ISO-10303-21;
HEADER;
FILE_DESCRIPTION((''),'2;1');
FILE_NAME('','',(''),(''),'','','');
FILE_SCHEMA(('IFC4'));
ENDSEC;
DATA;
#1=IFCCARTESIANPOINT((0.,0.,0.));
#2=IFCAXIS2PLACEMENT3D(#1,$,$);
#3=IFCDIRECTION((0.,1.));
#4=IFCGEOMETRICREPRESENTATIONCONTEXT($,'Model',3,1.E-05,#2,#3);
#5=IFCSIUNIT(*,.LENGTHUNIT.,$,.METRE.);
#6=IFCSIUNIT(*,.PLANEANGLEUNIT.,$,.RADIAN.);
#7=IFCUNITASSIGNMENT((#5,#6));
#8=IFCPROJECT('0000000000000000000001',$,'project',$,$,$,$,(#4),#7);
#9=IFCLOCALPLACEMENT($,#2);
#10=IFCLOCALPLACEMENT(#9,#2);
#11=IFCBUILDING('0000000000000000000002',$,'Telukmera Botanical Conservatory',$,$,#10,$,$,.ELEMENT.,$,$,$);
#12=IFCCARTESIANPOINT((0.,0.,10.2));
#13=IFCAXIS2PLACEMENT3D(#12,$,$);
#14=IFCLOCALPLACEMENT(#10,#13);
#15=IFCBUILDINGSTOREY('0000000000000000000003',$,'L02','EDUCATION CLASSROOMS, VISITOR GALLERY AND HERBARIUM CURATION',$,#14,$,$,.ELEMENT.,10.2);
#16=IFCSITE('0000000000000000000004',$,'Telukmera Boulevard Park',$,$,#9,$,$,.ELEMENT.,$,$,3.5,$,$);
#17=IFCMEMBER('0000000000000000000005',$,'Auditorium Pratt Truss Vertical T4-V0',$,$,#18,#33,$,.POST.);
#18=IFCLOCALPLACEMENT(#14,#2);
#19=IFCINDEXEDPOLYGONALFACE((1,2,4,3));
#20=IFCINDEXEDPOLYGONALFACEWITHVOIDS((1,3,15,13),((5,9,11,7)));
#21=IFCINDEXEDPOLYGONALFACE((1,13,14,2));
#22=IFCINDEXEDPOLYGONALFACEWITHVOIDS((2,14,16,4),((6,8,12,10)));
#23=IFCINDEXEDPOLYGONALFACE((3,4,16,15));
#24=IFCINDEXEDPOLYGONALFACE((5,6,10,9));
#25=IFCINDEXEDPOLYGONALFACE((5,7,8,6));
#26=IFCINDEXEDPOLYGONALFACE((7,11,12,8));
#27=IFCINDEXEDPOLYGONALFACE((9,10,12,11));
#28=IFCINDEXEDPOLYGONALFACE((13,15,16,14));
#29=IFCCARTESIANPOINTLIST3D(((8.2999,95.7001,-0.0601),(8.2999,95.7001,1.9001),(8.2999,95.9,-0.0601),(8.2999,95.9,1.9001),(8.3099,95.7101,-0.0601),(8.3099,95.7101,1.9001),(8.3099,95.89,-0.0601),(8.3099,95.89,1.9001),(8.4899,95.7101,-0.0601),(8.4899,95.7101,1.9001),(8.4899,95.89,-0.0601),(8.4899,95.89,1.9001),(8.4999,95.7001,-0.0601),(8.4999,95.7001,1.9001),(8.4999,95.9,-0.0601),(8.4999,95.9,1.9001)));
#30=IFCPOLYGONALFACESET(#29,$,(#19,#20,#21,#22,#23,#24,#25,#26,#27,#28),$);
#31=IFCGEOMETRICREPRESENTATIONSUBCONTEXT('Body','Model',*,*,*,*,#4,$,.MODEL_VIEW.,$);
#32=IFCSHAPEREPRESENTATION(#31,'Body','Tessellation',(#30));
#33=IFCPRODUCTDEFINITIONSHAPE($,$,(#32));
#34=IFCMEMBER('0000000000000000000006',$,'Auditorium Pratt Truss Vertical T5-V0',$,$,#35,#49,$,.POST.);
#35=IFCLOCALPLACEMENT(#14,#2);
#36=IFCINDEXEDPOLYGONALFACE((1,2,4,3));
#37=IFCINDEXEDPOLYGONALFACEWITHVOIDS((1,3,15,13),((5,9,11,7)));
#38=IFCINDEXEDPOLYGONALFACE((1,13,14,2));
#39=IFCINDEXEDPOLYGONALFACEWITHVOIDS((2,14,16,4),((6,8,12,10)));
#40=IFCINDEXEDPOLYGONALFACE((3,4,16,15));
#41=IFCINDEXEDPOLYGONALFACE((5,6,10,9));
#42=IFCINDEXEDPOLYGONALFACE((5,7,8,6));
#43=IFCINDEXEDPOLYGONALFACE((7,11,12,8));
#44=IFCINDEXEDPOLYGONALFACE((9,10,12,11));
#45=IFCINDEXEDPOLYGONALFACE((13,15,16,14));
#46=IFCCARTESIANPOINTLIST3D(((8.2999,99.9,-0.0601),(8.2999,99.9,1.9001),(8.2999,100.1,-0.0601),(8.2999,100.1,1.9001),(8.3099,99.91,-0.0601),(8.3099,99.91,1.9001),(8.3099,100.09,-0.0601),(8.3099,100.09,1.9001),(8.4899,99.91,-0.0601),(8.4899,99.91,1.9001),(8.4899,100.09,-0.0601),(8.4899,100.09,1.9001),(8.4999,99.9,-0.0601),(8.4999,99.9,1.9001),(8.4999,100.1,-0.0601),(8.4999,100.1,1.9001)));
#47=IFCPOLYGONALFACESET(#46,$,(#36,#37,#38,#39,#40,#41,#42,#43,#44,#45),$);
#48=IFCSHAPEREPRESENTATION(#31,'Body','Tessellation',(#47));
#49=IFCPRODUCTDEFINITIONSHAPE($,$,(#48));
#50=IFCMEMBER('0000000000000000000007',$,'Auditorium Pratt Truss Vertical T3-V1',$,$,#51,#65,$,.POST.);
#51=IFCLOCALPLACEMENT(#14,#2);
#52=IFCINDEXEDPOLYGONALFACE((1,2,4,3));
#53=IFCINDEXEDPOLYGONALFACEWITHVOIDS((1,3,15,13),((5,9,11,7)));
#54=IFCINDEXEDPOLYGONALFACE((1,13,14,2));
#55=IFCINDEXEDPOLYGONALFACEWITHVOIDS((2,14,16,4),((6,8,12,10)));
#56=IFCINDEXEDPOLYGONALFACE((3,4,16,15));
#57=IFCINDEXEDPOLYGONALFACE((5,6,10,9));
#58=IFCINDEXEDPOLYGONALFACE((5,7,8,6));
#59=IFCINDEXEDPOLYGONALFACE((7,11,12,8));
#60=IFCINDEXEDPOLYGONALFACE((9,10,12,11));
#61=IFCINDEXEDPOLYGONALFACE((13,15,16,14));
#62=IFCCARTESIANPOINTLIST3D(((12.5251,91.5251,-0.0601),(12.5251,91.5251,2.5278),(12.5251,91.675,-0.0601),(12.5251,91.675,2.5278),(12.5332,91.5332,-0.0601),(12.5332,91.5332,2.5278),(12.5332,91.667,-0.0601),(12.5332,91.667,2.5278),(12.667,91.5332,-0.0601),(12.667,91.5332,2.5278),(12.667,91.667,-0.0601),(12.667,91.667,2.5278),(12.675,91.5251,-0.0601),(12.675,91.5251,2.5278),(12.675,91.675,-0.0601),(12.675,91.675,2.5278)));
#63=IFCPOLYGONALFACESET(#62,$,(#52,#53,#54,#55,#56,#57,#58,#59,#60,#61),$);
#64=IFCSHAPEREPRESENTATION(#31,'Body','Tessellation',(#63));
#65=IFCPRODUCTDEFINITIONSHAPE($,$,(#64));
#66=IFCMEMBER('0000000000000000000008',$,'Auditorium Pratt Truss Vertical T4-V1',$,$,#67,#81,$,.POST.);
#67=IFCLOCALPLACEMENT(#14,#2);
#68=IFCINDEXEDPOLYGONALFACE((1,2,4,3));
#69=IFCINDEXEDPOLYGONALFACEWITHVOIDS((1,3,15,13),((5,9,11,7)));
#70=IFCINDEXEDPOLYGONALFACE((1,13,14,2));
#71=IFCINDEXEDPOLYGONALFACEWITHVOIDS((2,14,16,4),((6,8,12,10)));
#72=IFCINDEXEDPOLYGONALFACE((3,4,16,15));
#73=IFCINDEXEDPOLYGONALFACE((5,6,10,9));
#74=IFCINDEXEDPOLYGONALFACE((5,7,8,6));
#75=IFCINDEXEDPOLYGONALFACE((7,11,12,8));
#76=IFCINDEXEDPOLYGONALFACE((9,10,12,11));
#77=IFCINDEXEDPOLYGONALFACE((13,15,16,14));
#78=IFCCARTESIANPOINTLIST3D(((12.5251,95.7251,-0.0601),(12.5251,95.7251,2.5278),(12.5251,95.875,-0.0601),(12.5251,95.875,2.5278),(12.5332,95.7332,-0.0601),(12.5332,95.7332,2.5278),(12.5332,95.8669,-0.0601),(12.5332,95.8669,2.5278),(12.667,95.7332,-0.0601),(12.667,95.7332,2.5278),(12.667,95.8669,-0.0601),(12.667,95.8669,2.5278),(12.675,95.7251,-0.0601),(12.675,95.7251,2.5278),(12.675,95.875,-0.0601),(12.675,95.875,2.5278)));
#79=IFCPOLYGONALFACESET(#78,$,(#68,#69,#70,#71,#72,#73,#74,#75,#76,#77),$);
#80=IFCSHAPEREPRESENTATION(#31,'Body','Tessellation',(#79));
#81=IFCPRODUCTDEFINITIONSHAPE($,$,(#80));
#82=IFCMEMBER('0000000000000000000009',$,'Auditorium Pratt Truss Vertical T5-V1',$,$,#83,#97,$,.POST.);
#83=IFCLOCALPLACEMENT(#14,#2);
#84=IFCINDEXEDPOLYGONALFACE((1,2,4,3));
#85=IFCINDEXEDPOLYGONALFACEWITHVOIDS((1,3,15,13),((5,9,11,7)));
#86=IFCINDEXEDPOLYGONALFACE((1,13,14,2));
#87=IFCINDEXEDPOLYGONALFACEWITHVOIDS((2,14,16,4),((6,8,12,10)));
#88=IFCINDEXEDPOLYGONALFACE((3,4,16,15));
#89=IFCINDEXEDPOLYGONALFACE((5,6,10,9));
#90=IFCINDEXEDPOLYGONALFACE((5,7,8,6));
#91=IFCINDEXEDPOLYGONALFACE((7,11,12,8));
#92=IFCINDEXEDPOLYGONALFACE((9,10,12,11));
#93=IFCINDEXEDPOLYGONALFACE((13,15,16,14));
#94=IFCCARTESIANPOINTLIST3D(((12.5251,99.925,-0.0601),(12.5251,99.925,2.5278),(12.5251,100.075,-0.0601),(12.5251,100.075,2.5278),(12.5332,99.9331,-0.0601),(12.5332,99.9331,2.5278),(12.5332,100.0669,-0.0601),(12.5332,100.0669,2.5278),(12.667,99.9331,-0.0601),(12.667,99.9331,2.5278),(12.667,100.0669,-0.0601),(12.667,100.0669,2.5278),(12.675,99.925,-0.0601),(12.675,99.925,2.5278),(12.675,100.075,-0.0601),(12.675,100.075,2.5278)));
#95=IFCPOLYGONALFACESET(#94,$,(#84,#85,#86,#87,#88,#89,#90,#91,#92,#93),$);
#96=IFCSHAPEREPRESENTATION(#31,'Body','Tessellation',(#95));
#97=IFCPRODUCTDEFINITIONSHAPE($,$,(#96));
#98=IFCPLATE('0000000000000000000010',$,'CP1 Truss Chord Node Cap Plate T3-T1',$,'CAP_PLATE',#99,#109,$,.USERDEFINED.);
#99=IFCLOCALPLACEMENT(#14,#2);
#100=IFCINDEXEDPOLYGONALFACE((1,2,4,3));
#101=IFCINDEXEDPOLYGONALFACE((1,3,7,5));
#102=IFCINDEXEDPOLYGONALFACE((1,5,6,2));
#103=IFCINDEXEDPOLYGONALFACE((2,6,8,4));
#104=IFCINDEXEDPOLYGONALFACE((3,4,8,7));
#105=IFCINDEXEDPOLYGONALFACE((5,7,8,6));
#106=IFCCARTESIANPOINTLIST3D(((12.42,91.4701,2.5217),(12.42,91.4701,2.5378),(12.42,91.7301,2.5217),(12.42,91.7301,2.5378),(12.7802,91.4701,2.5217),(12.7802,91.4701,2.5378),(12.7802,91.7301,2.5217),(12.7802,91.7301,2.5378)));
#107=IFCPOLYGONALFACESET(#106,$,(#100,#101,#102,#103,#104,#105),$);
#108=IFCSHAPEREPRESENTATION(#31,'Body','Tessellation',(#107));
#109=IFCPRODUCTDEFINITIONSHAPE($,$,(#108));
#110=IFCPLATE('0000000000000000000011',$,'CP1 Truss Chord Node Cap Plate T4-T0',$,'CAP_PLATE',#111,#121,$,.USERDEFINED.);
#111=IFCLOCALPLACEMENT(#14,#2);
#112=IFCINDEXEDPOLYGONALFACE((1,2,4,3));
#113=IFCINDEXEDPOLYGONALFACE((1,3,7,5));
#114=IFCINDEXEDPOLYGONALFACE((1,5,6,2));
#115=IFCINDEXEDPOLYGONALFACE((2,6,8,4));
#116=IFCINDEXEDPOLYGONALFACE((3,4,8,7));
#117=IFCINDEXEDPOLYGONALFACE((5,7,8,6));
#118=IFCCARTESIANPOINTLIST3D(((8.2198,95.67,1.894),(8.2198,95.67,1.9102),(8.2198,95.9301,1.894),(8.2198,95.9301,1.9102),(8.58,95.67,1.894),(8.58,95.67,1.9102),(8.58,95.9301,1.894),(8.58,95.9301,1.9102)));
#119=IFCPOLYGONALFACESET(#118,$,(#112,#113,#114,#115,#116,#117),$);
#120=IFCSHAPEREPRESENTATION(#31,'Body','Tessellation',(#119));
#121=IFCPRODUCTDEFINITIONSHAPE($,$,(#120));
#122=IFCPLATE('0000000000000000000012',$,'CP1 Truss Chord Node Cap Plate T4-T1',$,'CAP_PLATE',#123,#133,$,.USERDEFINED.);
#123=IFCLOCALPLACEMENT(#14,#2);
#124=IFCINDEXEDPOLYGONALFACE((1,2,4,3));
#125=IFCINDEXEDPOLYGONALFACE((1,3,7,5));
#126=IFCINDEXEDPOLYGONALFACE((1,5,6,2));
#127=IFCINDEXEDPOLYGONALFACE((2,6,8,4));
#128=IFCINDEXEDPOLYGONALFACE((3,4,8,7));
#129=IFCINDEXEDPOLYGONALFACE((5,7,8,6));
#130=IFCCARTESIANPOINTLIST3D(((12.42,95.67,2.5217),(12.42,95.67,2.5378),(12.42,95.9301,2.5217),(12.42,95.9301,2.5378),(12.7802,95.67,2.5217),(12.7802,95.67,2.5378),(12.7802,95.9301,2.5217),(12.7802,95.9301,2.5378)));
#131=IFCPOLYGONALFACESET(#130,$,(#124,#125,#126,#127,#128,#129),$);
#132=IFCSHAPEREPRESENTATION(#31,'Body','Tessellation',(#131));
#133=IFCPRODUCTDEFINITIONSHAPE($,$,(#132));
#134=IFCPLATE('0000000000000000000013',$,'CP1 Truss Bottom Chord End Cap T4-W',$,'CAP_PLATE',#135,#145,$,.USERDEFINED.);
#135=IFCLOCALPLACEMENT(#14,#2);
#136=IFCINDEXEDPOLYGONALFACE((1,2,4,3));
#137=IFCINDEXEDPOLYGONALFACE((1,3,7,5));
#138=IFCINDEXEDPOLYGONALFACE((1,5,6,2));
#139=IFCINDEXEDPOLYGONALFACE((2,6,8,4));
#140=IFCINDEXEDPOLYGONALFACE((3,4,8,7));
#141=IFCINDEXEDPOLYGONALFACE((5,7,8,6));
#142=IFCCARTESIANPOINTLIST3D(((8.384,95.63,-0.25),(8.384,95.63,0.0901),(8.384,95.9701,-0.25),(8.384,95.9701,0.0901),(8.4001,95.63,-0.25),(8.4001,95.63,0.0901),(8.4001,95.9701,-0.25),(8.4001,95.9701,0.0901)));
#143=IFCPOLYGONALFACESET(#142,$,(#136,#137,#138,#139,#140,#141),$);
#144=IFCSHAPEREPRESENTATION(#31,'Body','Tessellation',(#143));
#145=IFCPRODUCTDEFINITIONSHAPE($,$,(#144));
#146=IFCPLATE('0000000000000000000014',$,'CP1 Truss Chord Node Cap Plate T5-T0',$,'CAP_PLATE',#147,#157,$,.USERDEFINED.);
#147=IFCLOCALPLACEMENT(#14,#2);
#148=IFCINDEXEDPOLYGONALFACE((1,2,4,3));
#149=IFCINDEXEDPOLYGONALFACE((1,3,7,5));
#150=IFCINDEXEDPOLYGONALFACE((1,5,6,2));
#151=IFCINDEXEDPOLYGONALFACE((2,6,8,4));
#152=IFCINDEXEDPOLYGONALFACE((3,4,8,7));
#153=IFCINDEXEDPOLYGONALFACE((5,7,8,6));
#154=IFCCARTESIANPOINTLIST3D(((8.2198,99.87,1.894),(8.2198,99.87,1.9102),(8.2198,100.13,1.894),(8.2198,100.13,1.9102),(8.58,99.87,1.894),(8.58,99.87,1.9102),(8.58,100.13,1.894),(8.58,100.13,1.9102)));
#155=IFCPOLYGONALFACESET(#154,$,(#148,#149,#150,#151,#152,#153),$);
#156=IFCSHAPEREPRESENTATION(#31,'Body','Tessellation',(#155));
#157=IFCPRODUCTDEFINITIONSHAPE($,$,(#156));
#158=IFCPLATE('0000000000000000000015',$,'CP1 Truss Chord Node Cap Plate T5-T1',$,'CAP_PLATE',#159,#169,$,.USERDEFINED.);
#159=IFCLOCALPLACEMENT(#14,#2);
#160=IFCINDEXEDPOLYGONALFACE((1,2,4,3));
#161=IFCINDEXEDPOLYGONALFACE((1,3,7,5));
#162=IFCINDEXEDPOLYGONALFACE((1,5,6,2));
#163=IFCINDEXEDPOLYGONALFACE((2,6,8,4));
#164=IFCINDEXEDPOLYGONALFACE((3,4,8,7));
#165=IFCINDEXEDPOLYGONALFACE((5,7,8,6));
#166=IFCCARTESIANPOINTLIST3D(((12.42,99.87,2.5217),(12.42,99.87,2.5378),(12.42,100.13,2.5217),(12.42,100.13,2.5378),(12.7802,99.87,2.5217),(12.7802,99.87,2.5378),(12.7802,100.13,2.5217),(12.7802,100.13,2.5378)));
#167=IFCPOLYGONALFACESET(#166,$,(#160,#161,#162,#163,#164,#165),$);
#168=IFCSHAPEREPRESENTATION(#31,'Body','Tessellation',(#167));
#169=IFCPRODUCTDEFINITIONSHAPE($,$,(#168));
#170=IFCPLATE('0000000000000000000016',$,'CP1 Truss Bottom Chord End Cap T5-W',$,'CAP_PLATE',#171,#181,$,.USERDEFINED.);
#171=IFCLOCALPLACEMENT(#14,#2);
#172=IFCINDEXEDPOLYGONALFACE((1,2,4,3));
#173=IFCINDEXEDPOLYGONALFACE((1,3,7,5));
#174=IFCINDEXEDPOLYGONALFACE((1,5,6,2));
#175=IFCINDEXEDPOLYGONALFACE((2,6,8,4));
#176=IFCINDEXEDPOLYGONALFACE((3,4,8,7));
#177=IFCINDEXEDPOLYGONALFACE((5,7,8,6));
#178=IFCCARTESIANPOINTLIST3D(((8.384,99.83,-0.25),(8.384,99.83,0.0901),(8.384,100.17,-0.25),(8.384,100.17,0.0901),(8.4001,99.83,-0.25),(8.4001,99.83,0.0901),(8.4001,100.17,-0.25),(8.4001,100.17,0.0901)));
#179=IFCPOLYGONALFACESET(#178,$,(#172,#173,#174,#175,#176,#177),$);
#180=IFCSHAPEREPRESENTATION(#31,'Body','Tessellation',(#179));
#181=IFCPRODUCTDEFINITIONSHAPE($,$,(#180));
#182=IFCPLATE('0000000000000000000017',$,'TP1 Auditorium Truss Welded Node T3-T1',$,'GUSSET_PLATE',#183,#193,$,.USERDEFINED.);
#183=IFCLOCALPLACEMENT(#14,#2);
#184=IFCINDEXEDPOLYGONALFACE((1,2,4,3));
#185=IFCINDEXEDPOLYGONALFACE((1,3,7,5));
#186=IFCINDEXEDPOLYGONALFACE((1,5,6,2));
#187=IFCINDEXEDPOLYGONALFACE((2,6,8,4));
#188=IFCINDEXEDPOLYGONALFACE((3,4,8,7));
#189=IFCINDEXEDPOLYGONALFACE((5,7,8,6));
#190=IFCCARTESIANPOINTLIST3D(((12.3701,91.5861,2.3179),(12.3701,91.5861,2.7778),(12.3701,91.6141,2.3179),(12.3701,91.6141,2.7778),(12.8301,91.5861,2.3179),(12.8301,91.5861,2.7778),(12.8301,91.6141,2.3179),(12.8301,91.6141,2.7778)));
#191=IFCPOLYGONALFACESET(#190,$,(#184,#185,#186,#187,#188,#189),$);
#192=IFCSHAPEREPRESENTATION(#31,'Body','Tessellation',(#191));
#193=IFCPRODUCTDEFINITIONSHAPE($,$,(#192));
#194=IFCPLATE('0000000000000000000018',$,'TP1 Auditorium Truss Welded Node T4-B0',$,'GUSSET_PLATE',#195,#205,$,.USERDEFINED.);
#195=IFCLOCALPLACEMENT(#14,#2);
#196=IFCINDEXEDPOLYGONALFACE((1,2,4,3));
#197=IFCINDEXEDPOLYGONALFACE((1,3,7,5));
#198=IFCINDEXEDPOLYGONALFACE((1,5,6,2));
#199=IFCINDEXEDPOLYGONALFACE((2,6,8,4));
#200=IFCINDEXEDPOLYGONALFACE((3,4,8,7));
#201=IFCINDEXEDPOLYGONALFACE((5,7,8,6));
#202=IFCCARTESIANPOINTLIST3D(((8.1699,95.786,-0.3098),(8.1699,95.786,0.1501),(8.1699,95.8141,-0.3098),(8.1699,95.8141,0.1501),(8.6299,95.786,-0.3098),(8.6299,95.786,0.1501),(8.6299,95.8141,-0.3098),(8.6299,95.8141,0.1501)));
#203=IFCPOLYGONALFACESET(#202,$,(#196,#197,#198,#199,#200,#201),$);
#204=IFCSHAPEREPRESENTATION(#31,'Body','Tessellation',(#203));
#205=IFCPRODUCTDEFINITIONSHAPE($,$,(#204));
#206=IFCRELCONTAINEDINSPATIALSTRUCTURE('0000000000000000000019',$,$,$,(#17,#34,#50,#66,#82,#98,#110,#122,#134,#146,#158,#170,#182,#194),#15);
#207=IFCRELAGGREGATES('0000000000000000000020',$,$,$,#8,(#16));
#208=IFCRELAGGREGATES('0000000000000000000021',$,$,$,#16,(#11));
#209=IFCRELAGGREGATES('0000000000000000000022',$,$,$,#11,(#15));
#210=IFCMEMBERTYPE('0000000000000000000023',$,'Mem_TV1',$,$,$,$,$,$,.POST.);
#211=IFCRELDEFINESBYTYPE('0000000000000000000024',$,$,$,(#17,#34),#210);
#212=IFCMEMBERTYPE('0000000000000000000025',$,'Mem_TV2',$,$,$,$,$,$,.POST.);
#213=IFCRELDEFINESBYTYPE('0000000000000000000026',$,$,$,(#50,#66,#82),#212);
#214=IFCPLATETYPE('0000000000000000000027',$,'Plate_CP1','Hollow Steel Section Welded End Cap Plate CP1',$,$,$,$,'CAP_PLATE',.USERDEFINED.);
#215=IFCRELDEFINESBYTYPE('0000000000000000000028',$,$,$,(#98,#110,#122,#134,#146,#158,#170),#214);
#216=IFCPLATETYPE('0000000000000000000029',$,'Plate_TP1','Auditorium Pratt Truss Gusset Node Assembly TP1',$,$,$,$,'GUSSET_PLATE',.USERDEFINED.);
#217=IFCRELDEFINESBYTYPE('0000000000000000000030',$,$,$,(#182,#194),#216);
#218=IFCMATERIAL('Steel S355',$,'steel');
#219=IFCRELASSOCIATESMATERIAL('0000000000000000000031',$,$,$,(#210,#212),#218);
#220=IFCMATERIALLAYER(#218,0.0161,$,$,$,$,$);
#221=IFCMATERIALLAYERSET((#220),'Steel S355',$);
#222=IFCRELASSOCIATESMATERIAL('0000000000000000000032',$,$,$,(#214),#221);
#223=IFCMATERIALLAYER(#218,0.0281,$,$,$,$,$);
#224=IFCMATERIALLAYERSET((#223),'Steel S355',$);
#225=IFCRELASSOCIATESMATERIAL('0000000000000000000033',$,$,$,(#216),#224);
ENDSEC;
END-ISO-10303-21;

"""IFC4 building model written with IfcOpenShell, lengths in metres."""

from ifc_helpers import new_model, si_unit, direction, frame, origin, origin_2d, place, context, subcontext, project, spatial, rectangle, hollow_rectangle, extrude, material, layer, layer_set, material_profile, profile_set, type_object, element, save


model = new_model("IFC4")

# Units and contexts
model_context = context("Model", 3, precision=1e-05, world=origin(), true_north=direction((0.0, 1.0)))
body_context = subcontext(model_context, "Body", "Model", "MODEL_VIEW")
ifc_project = project(units=[si_unit("LENGTHUNIT", "METRE"), si_unit("PLANEANGLEUNIT", "RADIAN")], contexts=[model_context])

# Site, building, storey
site_placement = place(None, origin())
site = spatial("IfcSite", under=ifc_project, at=site_placement, Name="Telukmera Boulevard Park", CompositionType="ELEMENT", RefElevation=3.5)
building_placement = place(site_placement, origin())
building = spatial("IfcBuilding", under=site, at=building_placement, Name="Telukmera Botanical Conservatory", CompositionType="ELEMENT")
storey_placement = place(building_placement, frame((0.0, 0.0, 10.2)))
storey = spatial("IfcBuildingStorey", under=building, at=storey_placement, Name="L02", Description="EDUCATION CLASSROOMS, VISITOR GALLERY AND HERBARIUM CURATION", CompositionType="ELEMENT", Elevation=10.2)

# Members
ifc_material_1 = material(Name="Steel S355", Category="steel")
ifc_material_profile_1 = material_profile(ifc_material_1, hollow_rectangle(XDim=0.2, YDim=0.2, WallThickness=0.01, at=origin_2d()), Name="SHS 200x200x10.0")
ifc_profile_set_1 = profile_set([ifc_material_profile_1], Name="Steel S355")
member_type_1 = type_object("IfcMemberType", Name="Mem_TV1", PredefinedType="POST", material=ifc_profile_set_1)
for number, where, z_axis, x_axis, name in (
    (1, (8.3999, 95.8, -0.0601), (0.0, 0.0, 1.0), (1.0, 0.0, 0.0), "Auditorium Pratt Truss Vertical T4-V0"),
    (2, (8.3999, 100.0, -0.0601), (0.0, 0.0, 1.0), (1.0, 0.0, 0.0), "Auditorium Pratt Truss Vertical T5-V0"),
):
    element("IfcMember", number, at=place(storey_placement, frame(where, z_axis=z_axis, x_axis=x_axis)), inside=storey, type_object=member_type_1, Name=name, PredefinedType="POST", context=body_context, shape_type="SweptSolid", body=[
        extrude(hollow_rectangle(XDim=0.2, YDim=0.2, WallThickness=0.01, at=origin_2d()), origin(), (0.0, 0.0, 1.0), 1.9602),
    ])
ifc_material_profile_2 = material_profile(ifc_material_1, hollow_rectangle(XDim=0.1499, YDim=0.1499, WallThickness=0.0081, at=origin_2d()), Name="SHS 150x150x8.0")
ifc_profile_set_2 = profile_set([ifc_material_profile_2], Name="Steel S355")
member_type_2 = type_object("IfcMemberType", Name="Mem_TV2", PredefinedType="POST", material=ifc_profile_set_2)
for number, where, z_axis, x_axis, name in (
    (3, (12.6001, 91.6001, -0.0601), (0.0, 0.0, 1.0), (1.0, 0.0, 0.0), "Auditorium Pratt Truss Vertical T3-V1"),
    (4, (12.6001, 95.8, -0.0601), (0.0, 0.0, 1.0), (1.0, 0.0, 0.0), "Auditorium Pratt Truss Vertical T4-V1"),
    (5, (12.6001, 100.0, -0.0601), (0.0, 0.0, 1.0), (1.0, 0.0, 0.0), "Auditorium Pratt Truss Vertical T5-V1"),
):
    element("IfcMember", number, at=place(storey_placement, frame(where, z_axis=z_axis, x_axis=x_axis)), inside=storey, type_object=member_type_2, Name=name, PredefinedType="POST", context=body_context, shape_type="SweptSolid", body=[
        extrude(hollow_rectangle(XDim=0.1499, YDim=0.1499, WallThickness=0.0081, at=origin_2d()), origin(), (0.0, 0.0, 1.0), 2.5879),
    ])

# Plates
ifc_layer_1 = layer(ifc_material_1, 0.0161)
ifc_layer_set_1 = layer_set([ifc_layer_1], Name="Steel S355")
plate_type_1 = type_object("IfcPlateType", Name="Plate_CP1", Description="Hollow Steel Section Welded End Cap Plate CP1", ElementType="CAP_PLATE", PredefinedType="USERDEFINED", material=ifc_layer_set_1)
for number, where, z_axis, x_axis, name in (
    (6, (12.6001, 91.6001, 2.5217), (0.0, 0.0, 1.0), (1.0, 0.0, 0.0), "CP1 Truss Chord Node Cap Plate T3-T1"),
    (7, (8.3999, 95.8, 1.894), (0.0, 0.0, 1.0), (1.0, 0.0, 0.0), "CP1 Truss Chord Node Cap Plate T4-T0"),
    (8, (12.6001, 95.8, 2.5217), (0.0, 0.0, 1.0), (1.0, 0.0, 0.0), "CP1 Truss Chord Node Cap Plate T4-T1"),
):
    element("IfcPlate", number, at=place(storey_placement, frame(where, z_axis=z_axis, x_axis=x_axis)), inside=storey, type_object=plate_type_1, Name=name, ObjectType="CAP_PLATE", PredefinedType="USERDEFINED", context=body_context, shape_type="SweptSolid", body=[
        extrude(rectangle(XDim=0.3601, YDim=0.26, at=origin_2d()), origin(), (0.0, 0.0, 1.0), 0.0161),
    ])
plate_1_placement = place(storey_placement, frame((8.3921, 95.8, -0.25), z_axis=(0.0, 0.0, 1.0), x_axis=(1.0, 0.0, 0.0)))
element("IfcPlate", 9, at=plate_1_placement, inside=storey, type_object=plate_type_1, Name="CP1 Truss Bottom Chord End Cap T4-W", ObjectType="CAP_PLATE", PredefinedType="USERDEFINED", context=body_context, shape_type="SweptSolid", body=[
    extrude(rectangle(XDim=0.0161, YDim=0.3401, at=origin_2d()), origin(), (0.0, 0.0, 1.0), 0.3401),
])
for number, where, z_axis, x_axis, name in (
    (10, (8.3999, 100.0, 1.894), (0.0, 0.0, 1.0), (1.0, 0.0, 0.0), "CP1 Truss Chord Node Cap Plate T5-T0"),
    (11, (12.6001, 100.0, 2.5217), (0.0, 0.0, 1.0), (1.0, 0.0, 0.0), "CP1 Truss Chord Node Cap Plate T5-T1"),
):
    element("IfcPlate", number, at=place(storey_placement, frame(where, z_axis=z_axis, x_axis=x_axis)), inside=storey, type_object=plate_type_1, Name=name, ObjectType="CAP_PLATE", PredefinedType="USERDEFINED", context=body_context, shape_type="SweptSolid", body=[
        extrude(rectangle(XDim=0.3601, YDim=0.26, at=origin_2d()), origin(), (0.0, 0.0, 1.0), 0.0161),
    ])
plate_2_placement = place(storey_placement, frame((8.3921, 100.0, -0.25), z_axis=(0.0, 0.0, 1.0), x_axis=(1.0, 0.0, 0.0)))
element("IfcPlate", 12, at=plate_2_placement, inside=storey, type_object=plate_type_1, Name="CP1 Truss Bottom Chord End Cap T5-W", ObjectType="CAP_PLATE", PredefinedType="USERDEFINED", context=body_context, shape_type="SweptSolid", body=[
    extrude(rectangle(XDim=0.0161, YDim=0.3401, at=origin_2d()), origin(), (0.0, 0.0, 1.0), 0.3401),
])
ifc_layer_2 = layer(ifc_material_1, 0.0281)
ifc_layer_set_2 = layer_set([ifc_layer_2], Name="Steel S355")
plate_type_2 = type_object("IfcPlateType", Name="Plate_TP1", Description="Auditorium Pratt Truss Gusset Node Assembly TP1", ElementType="GUSSET_PLATE", PredefinedType="USERDEFINED", material=ifc_layer_set_2)
for number, where, z_axis, x_axis, name in (
    (13, (12.6001, 91.6001, 2.3179), (0.0, 0.0, 1.0), (1.0, 0.0, 0.0), "TP1 Auditorium Truss Welded Node T3-T1"),
    (14, (8.3999, 95.8, -0.3098), (0.0, 0.0, 1.0), (1.0, 0.0, 0.0), "TP1 Auditorium Truss Welded Node T4-B0"),
):
    element("IfcPlate", number, at=place(storey_placement, frame(where, z_axis=z_axis, x_axis=x_axis)), inside=storey, type_object=plate_type_2, Name=name, ObjectType="GUSSET_PLATE", PredefinedType="USERDEFINED", context=body_context, shape_type="SweptSolid", body=[
        extrude(rectangle(XDim=0.46, YDim=0.0281, at=origin_2d()), origin(), (0.0, 0.0, 1.0), 0.46),
    ])

save(model, "model.ifc")
